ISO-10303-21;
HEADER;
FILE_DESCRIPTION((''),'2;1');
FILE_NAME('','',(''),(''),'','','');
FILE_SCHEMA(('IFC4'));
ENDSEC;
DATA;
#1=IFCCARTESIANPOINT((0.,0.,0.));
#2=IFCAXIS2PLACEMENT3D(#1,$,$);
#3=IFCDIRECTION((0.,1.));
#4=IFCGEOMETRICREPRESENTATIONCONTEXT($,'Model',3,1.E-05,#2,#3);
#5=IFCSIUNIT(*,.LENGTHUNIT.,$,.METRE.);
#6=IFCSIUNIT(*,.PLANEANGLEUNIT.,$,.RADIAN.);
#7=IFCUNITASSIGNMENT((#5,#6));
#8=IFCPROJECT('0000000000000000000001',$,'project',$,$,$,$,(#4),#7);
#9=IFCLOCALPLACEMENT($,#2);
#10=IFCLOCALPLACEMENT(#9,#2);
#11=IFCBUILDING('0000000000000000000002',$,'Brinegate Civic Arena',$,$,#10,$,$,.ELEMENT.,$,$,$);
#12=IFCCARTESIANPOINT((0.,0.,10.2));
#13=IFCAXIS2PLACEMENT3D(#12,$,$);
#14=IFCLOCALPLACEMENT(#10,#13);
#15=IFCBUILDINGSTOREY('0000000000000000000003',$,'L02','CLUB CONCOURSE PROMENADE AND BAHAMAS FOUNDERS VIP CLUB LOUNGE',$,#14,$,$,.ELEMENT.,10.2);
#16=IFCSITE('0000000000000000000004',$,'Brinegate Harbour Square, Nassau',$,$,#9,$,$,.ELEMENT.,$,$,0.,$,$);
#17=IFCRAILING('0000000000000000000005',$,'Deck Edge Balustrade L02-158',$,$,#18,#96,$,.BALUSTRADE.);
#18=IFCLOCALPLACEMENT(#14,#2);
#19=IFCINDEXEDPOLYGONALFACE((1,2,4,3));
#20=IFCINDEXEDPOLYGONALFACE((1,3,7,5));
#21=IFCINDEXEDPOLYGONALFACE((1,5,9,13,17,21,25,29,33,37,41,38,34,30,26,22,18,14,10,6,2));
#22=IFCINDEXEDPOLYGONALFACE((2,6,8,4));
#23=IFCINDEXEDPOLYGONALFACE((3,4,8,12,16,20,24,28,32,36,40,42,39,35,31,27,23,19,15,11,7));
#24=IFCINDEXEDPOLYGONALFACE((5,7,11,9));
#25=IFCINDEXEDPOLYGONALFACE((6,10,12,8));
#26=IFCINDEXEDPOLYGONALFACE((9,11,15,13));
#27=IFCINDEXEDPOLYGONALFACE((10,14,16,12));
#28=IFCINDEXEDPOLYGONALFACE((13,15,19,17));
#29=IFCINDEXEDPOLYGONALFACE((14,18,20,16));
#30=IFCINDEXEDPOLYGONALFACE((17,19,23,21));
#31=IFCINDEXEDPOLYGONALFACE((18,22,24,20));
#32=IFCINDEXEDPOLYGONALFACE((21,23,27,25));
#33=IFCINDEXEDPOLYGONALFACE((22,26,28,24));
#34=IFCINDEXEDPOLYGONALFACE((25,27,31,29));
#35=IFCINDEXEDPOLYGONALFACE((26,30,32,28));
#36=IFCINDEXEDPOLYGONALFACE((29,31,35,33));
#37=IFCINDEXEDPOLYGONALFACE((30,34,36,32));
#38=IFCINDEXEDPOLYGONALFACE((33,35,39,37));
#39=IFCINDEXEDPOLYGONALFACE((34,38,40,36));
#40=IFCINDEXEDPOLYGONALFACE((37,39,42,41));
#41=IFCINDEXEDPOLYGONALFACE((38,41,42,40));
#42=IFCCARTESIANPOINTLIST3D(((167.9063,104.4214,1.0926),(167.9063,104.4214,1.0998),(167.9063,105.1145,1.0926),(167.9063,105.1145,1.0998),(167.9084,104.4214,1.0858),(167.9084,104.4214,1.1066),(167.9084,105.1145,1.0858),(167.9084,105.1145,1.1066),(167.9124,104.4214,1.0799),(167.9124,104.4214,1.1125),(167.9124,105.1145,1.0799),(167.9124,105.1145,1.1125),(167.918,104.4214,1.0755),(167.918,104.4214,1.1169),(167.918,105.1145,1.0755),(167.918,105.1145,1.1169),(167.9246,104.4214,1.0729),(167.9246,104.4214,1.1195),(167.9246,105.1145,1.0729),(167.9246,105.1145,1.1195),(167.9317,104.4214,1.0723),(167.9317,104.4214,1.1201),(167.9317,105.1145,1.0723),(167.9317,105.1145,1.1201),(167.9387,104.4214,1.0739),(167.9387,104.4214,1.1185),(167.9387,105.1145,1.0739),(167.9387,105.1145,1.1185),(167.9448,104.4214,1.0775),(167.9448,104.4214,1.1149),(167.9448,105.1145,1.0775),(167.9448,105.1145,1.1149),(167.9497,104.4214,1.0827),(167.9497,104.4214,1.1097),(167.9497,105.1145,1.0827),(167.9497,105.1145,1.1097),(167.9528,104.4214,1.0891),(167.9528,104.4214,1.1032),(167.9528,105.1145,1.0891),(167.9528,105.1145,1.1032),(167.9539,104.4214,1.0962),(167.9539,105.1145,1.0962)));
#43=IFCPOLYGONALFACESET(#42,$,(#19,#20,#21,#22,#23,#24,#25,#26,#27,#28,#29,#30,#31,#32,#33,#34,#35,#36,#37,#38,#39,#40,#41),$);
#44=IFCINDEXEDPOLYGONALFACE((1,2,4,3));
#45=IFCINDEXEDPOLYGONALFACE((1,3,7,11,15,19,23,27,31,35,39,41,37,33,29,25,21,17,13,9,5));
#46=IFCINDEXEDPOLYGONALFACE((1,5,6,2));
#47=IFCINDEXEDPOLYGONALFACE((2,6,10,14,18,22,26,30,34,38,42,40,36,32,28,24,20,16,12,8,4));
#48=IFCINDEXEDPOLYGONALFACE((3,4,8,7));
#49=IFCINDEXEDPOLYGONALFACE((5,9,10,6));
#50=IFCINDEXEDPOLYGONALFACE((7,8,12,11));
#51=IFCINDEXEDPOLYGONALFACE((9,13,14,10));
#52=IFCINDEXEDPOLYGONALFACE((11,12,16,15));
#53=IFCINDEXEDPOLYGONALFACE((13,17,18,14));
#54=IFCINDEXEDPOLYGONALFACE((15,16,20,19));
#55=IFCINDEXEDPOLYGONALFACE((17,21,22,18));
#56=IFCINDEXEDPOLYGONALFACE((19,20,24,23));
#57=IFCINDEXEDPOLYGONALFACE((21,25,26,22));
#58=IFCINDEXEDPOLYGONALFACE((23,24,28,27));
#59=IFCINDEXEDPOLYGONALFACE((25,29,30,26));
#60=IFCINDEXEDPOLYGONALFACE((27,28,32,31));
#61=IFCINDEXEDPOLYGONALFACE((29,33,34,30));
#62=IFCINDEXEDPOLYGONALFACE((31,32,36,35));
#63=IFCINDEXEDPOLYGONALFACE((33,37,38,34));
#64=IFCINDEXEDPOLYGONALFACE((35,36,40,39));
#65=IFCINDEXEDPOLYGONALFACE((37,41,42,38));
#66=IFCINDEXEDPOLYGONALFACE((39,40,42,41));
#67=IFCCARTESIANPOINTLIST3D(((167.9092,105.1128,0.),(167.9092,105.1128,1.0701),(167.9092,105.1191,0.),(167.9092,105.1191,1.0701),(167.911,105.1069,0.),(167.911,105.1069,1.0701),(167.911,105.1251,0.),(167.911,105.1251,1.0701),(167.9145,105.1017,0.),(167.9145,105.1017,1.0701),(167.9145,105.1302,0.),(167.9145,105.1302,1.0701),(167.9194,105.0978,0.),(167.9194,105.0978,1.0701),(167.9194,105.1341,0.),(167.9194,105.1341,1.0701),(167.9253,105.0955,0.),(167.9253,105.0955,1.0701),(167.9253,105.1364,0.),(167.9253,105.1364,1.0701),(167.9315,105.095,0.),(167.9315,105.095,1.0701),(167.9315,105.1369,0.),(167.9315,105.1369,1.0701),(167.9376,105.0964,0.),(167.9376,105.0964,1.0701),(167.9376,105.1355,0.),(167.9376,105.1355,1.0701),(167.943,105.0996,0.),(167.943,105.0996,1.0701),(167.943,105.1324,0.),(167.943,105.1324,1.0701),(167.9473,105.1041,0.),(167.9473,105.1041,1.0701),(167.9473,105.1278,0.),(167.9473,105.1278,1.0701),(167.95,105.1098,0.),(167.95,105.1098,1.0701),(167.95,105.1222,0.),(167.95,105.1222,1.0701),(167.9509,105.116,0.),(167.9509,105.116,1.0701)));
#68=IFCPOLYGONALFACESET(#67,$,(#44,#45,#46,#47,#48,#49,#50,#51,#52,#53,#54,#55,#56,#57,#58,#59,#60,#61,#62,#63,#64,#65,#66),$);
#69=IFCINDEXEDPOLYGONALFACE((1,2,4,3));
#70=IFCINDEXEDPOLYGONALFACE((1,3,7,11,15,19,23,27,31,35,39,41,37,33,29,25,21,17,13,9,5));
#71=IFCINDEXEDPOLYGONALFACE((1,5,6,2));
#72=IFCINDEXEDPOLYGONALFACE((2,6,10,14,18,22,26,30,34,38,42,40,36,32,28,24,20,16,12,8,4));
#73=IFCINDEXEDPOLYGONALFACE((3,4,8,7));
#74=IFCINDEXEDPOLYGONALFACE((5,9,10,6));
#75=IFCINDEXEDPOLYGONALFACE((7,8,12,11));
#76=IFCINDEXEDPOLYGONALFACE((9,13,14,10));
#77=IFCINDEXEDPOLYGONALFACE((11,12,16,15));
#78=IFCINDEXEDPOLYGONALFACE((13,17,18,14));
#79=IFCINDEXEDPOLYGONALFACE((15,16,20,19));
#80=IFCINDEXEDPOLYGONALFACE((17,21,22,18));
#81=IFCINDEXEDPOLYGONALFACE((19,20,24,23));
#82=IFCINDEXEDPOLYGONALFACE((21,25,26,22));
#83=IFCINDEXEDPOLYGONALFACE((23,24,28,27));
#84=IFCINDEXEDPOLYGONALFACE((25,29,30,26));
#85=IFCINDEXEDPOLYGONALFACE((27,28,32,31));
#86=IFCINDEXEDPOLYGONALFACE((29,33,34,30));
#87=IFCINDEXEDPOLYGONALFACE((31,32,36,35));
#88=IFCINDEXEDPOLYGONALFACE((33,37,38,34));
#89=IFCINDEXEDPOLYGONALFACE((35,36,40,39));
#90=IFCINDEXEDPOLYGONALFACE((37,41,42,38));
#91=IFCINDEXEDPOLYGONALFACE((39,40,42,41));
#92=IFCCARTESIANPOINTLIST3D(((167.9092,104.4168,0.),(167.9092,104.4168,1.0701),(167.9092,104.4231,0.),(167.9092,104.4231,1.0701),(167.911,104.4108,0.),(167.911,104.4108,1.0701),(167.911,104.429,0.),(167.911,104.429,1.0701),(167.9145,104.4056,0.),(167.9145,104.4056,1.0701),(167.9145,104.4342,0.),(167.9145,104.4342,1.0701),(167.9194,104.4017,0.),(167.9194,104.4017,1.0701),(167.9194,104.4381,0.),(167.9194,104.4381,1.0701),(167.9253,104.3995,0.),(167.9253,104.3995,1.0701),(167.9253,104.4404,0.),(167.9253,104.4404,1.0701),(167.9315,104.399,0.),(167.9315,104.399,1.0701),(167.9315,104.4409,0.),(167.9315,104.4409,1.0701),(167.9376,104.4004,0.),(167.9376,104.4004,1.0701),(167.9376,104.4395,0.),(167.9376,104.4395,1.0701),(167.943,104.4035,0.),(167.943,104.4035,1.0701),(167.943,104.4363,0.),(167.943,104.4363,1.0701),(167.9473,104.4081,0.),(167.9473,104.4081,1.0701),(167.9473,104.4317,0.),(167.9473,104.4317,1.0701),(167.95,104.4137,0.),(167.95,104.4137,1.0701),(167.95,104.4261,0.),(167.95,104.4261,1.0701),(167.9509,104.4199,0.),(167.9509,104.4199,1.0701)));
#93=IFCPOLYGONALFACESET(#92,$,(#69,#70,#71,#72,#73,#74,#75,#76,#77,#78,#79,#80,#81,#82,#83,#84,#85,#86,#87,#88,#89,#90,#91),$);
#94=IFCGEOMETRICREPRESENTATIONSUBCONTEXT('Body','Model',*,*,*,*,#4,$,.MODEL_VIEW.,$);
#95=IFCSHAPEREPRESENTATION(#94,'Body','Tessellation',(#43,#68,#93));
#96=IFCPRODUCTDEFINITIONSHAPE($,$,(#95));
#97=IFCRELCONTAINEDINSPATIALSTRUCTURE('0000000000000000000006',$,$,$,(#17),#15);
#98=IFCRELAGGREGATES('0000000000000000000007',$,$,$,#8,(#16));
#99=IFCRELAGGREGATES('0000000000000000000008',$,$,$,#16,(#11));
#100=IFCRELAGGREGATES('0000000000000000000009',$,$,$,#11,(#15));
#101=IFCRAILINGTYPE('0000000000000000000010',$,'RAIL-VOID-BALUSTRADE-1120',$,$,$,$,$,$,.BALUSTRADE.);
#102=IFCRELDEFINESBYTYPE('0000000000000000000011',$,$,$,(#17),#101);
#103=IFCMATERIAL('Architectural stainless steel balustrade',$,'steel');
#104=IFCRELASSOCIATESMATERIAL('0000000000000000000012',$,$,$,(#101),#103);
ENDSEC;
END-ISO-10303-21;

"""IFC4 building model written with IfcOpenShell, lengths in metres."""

from ifc_helpers import new_model, si_unit, direction, frame, origin, origin_2d, place, context, subcontext, project, spatial, circle, extrude, material, type_object, element, save


model = new_model("IFC4")

# Units and contexts
model_context = context("Model", 3, precision=1e-05, world=origin(), true_north=direction((0.0, 1.0)))
body_context = subcontext(model_context, "Body", "Model", "MODEL_VIEW")
ifc_project = project(units=[si_unit("LENGTHUNIT", "METRE"), si_unit("PLANEANGLEUNIT", "RADIAN")], contexts=[model_context])

# Site, building, storey
site_placement = place(None, origin())
site = spatial("IfcSite", under=ifc_project, at=site_placement, Name="Brinegate Harbour Square, Nassau", CompositionType="ELEMENT", RefElevation=0.0)
building_placement = place(site_placement, origin())
building = spatial("IfcBuilding", under=site, at=building_placement, Name="Brinegate Civic Arena", CompositionType="ELEMENT")
storey_placement = place(building_placement, frame((0.0, 0.0, 10.2)))
storey = spatial("IfcBuildingStorey", under=building, at=storey_placement, Name="L02", Description="CLUB CONCOURSE PROMENADE AND BAHAMAS FOUNDERS VIP CLUB LOUNGE", CompositionType="ELEMENT", Elevation=10.2)

# Railing
ifc_material_1 = material(Name="Architectural stainless steel balustrade", Category="steel")
railing_type = type_object("IfcRailingType", Name="RAIL-VOID-BALUSTRADE-1120", PredefinedType="BALUSTRADE", material=ifc_material_1)
railing_1_placement = place(storey_placement, frame((167.9299, 105.116, 0.0)))
element("IfcRailing", 1, at=railing_1_placement, inside=storey, type_object=railing_type, Name="Deck Edge Balustrade L02-158", PredefinedType="BALUSTRADE", context=body_context, shape_type="SweptSolid", body=[
    extrude(circle(Radius=0.0239, at=origin_2d()), frame((0.0, -0.0015, 1.0962), z_axis=(0.0, -1.0, 0.0), x_axis=(1.0, 0.0, 0.0)), (0.0, 0.0, 1.0), 0.6931),
    extrude(circle(Radius=0.021, at=origin_2d()), origin(), (0.0, 0.0, 1.0), 1.0701),
    extrude(circle(Radius=0.021, at=origin_2d()), frame((0.0, -0.696, 0.0)), (0.0, 0.0, 1.0), 1.0701),
])

save(model, "model.ifc")
